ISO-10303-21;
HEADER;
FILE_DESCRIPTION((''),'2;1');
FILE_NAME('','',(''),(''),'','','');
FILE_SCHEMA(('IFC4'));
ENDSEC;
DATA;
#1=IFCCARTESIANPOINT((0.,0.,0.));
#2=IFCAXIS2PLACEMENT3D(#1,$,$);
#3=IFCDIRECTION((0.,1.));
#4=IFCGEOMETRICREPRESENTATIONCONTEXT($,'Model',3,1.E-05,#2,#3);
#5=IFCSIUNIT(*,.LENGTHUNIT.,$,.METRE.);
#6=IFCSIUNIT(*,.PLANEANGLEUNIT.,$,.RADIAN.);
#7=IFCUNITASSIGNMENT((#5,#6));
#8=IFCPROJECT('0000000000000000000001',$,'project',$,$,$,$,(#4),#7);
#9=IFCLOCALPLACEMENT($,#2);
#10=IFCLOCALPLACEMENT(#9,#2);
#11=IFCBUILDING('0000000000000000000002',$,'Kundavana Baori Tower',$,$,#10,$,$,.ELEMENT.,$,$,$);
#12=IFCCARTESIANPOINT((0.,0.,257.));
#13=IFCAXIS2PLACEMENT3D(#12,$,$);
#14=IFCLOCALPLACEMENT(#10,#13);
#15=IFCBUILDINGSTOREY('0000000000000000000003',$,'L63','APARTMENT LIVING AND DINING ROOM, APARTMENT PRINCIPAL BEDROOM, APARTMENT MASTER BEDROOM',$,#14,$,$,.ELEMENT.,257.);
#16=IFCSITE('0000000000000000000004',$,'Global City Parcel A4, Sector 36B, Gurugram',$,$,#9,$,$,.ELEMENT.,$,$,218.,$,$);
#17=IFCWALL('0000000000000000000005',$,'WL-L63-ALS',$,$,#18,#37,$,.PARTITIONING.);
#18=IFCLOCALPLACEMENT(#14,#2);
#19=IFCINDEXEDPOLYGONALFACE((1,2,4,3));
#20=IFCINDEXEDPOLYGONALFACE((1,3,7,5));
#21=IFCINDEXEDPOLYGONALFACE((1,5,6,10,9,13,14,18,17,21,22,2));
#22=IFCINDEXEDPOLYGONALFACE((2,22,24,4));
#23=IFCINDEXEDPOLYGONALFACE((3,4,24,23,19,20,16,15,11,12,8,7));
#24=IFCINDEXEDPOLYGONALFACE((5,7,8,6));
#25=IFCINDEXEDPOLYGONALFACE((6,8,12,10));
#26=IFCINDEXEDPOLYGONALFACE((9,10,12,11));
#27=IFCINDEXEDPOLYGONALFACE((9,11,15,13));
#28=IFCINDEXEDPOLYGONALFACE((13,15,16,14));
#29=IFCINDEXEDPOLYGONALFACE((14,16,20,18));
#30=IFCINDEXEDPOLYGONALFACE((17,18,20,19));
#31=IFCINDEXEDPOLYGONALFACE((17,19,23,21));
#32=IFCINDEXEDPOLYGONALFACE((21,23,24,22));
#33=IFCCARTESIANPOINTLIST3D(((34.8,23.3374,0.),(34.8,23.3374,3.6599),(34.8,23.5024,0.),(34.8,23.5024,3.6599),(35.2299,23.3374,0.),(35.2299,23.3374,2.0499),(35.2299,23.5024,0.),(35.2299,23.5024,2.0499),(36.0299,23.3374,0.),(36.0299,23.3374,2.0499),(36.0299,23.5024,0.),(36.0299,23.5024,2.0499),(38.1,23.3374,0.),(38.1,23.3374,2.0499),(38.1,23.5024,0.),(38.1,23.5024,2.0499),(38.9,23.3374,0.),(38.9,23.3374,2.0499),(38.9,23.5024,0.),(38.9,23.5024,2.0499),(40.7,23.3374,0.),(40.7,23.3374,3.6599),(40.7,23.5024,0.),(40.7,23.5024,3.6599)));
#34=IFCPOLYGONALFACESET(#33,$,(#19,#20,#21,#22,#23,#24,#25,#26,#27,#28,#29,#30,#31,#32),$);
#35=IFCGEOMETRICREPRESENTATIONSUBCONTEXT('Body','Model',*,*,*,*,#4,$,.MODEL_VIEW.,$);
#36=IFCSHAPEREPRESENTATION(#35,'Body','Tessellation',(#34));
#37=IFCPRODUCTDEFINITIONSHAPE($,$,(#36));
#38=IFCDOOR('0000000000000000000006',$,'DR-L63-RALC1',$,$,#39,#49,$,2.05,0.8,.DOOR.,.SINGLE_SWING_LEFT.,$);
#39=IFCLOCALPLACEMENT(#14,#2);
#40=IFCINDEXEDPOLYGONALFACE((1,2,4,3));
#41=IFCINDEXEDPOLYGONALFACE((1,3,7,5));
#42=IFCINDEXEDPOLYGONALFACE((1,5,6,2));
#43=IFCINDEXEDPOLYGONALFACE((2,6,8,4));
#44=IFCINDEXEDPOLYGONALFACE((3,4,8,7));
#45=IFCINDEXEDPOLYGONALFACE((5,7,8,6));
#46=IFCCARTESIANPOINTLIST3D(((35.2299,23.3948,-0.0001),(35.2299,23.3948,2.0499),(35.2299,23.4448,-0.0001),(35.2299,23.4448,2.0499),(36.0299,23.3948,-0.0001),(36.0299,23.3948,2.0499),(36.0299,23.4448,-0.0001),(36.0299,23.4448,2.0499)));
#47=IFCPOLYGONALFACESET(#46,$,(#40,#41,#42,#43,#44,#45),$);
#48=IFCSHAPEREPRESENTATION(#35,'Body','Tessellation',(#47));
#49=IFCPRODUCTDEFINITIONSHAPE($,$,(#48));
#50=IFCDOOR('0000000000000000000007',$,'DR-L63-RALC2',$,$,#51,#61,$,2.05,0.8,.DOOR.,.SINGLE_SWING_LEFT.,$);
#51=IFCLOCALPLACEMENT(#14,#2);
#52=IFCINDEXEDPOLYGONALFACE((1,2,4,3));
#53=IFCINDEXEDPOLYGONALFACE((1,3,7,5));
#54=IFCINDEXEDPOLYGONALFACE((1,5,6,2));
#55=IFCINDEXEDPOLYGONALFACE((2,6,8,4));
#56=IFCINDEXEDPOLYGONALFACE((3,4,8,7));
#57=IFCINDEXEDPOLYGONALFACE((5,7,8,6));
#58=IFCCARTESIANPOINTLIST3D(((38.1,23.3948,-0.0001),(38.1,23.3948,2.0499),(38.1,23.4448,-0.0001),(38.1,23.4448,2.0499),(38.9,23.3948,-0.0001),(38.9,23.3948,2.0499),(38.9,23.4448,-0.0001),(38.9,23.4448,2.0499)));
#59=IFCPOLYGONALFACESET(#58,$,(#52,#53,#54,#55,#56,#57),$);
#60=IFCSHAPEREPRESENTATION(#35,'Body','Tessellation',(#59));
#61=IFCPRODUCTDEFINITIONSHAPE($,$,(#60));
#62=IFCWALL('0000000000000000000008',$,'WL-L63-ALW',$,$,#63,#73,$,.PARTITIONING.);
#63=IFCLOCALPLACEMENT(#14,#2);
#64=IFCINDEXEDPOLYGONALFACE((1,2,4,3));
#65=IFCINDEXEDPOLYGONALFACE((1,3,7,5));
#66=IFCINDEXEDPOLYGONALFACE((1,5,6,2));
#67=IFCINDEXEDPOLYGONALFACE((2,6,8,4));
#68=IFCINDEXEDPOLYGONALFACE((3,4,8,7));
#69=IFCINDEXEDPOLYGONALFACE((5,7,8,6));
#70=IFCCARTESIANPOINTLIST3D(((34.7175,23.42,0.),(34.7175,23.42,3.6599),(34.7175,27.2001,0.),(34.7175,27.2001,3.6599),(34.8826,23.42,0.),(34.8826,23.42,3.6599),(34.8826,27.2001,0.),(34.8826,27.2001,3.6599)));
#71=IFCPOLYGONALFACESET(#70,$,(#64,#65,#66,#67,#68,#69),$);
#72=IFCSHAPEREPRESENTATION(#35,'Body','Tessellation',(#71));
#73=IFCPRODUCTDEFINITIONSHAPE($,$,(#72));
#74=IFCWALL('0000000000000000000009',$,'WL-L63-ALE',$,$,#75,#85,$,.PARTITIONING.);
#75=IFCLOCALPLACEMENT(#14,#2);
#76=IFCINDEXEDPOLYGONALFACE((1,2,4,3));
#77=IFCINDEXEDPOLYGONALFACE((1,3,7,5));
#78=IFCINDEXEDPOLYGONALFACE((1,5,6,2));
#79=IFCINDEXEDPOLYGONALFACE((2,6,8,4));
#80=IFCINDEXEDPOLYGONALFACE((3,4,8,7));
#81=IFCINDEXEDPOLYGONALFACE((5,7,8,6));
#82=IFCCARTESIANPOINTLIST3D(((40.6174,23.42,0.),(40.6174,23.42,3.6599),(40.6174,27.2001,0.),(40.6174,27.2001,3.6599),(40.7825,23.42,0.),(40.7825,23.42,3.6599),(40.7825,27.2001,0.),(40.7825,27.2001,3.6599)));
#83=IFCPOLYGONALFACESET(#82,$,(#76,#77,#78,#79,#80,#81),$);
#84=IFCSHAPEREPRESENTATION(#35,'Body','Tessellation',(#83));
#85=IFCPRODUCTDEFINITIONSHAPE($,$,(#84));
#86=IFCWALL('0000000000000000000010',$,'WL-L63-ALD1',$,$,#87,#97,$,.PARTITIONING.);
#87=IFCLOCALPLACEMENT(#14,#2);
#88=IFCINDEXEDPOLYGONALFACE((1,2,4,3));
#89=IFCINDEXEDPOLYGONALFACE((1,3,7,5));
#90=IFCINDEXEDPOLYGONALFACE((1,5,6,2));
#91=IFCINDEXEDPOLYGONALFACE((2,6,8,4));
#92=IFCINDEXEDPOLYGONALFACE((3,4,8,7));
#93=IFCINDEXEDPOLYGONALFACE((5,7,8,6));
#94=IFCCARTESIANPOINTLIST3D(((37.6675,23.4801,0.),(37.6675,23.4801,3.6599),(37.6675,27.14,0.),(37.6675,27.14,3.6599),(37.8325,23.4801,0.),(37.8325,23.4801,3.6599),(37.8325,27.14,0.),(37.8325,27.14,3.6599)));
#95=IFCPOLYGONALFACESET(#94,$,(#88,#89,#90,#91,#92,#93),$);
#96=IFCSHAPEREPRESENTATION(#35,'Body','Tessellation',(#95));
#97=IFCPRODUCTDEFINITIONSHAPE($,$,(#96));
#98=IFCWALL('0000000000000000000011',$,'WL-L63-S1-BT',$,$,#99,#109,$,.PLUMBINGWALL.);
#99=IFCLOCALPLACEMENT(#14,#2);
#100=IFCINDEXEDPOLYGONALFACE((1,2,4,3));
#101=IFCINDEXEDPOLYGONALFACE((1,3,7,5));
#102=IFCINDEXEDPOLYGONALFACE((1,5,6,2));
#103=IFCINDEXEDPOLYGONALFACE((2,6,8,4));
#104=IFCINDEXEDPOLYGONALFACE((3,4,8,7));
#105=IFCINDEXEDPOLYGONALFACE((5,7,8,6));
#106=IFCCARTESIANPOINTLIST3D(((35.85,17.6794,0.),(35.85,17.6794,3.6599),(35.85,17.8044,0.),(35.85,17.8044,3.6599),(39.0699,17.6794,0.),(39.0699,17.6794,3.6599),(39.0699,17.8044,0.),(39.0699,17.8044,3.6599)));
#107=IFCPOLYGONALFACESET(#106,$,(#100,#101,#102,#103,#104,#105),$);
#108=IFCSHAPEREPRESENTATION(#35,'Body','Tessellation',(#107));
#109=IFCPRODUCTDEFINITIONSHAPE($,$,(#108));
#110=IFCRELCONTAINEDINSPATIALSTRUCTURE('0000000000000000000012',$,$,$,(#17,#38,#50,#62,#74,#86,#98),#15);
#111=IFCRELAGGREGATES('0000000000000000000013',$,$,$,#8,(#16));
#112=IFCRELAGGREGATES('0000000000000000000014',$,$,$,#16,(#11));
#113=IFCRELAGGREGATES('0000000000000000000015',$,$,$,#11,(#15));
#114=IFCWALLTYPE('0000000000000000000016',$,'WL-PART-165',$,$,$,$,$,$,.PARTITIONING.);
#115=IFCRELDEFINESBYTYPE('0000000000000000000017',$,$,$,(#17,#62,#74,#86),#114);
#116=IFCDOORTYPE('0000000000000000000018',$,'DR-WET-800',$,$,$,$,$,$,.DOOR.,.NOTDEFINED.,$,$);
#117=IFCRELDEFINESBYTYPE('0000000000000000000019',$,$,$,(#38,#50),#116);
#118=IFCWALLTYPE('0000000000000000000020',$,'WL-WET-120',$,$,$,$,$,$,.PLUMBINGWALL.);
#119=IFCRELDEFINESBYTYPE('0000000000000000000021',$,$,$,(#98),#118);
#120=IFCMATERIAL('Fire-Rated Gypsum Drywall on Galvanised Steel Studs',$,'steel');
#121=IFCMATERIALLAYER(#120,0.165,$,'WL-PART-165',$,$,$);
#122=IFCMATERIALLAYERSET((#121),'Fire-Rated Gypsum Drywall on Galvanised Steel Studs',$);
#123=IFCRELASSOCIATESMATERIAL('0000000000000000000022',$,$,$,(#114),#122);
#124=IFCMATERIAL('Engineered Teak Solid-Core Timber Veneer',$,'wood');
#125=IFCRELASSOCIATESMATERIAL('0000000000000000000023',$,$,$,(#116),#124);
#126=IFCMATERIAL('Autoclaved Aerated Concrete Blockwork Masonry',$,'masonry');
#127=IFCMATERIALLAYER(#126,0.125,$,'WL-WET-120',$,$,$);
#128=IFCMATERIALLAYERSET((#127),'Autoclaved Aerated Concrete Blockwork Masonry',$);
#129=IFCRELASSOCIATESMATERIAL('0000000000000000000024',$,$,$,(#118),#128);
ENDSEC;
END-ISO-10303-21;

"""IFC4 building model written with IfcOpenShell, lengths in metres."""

from ifc_helpers import new_model, si_unit, direction, frame, frame_2d, origin, place, context, subcontext, project, spatial, rectangle, extrude, material, layer, layer_set, type_object, element, fill, save


model = new_model("IFC4")

# Units and contexts
model_context = context("Model", 3, precision=1e-05, world=origin(), true_north=direction((0.0, 1.0)))
body_context = subcontext(model_context, "Body", "Model", "MODEL_VIEW")
ifc_project = project(units=[si_unit("LENGTHUNIT", "METRE"), si_unit("PLANEANGLEUNIT", "RADIAN")], contexts=[model_context])

# Site, building, storey
site_placement = place(None, origin())
site = spatial("IfcSite", under=ifc_project, at=site_placement, Name="Global City Parcel A4, Sector 36B, Gurugram", CompositionType="ELEMENT", RefElevation=218.0)
building_placement = place(site_placement, origin())
building = spatial("IfcBuilding", under=site, at=building_placement, Name="Kundavana Baori Tower", CompositionType="ELEMENT")
storey_placement = place(building_placement, frame((0.0, 0.0, 257.0)))
storey = spatial("IfcBuildingStorey", under=building, at=storey_placement, Name="L63", Description="APARTMENT LIVING AND DINING ROOM, APARTMENT PRINCIPAL BEDROOM, APARTMENT MASTER BEDROOM", CompositionType="ELEMENT", Elevation=257.0)

# Shared definitions
ifc_material_1 = material(Name="Fire-Rated Gypsum Drywall on Galvanised Steel Studs", Category="steel")
ifc_layer_1 = layer(ifc_material_1, 0.165, Name="WL-PART-165")
ifc_layer_set_1 = layer_set([ifc_layer_1], Name="Fire-Rated Gypsum Drywall on Galvanised Steel Studs")
wall_type_1 = type_object("IfcWallType", Name="WL-PART-165", PredefinedType="PARTITIONING", material=ifc_layer_set_1)

# Wall, openings, doors
wall_1_placement = place(storey_placement, frame((34.8, 23.4199, 0.0), z_axis=(0.0, 0.0, 1.0), x_axis=(1.0, 0.0, 0.0)))
wall_1 = element("IfcWall", 1, at=wall_1_placement, inside=storey, type_object=wall_type_1, Name="WL-L63-ALS", PredefinedType="PARTITIONING", context=body_context, shape_type="SweptSolid", body=[
    extrude(rectangle(XDim=5.8999, YDim=0.165, at=frame_2d((2.95, 0.0))), origin(), (0.0, 0.0, 1.0), 3.6599),
])
opening_1_placement = place(wall_1_placement, frame((0.4299, 0.0, 0.0)))
opening_1 = element("IfcOpeningElement", 2, at=opening_1_placement, cuts=wall_1, PredefinedType="OPENING", context=body_context, shape_type="SweptSolid", body=[
    extrude(rectangle(XDim=0.8, YDim=2.05, at=frame_2d((0.3999, 1.0249))), frame((0.0, 0.0925, 0.0), z_axis=(0.0, -1.0, 0.0), x_axis=(1.0, 0.0, 0.0)), (0.0, 0.0, 1.0), 0.1851),
])
opening_2_placement = place(wall_1_placement, frame((3.3, 0.0, 0.0)))
opening_2 = element("IfcOpeningElement", 3, at=opening_2_placement, cuts=wall_1, PredefinedType="OPENING", context=body_context, shape_type="SweptSolid", body=[
    extrude(rectangle(XDim=0.8, YDim=2.05, at=frame_2d((0.3999, 1.0249))), frame((0.0, 0.0925, 0.0), z_axis=(0.0, -1.0, 0.0), x_axis=(1.0, 0.0, 0.0)), (0.0, 0.0, 1.0), 0.1851),
])
ifc_material_2 = material(Name="Engineered Teak Solid-Core Timber Veneer", Category="wood")
door_type_1 = type_object("IfcDoorType", Name="DR-WET-800", OperationType="NOTDEFINED", PredefinedType="DOOR", material=ifc_material_2)
door_1_placement = place(opening_1_placement, origin())
door_1 = element("IfcDoor", 4, at=door_1_placement, inside=storey, type_object=door_type_1, Name="DR-L63-RALC1", OperationType="SINGLE_SWING_LEFT", OverallHeight=2.05, OverallWidth=0.8, PredefinedType="DOOR", context=body_context, shape_type="SweptSolid", body=[
    extrude(rectangle(XDim=0.8, YDim=2.05, at=frame_2d((0.3999, 1.0249))), frame((0.0, 0.0249, 0.0), z_axis=(0.0, -1.0, 0.0), x_axis=(1.0, 0.0, 0.0)), (0.0, 0.0, 1.0), 0.05),
])
fill(opening_1, door_1)
door_2_placement = place(opening_2_placement, origin())
door_2 = element("IfcDoor", 5, at=door_2_placement, inside=storey, type_object=door_type_1, Name="DR-L63-RALC2", OperationType="SINGLE_SWING_LEFT", OverallHeight=2.05, OverallWidth=0.8, PredefinedType="DOOR", context=body_context, shape_type="SweptSolid", body=[
    extrude(rectangle(XDim=0.8, YDim=2.05, at=frame_2d((0.3999, 1.0249))), frame((0.0, 0.0249, 0.0), z_axis=(0.0, -1.0, 0.0), x_axis=(1.0, 0.0, 0.0)), (0.0, 0.0, 1.0), 0.05),
])
fill(opening_2, door_2)

# Walls
for number, where, z_axis, x_axis, name in (
    (6, (34.8, 23.4199, 0.0), (0.0, 0.0, 1.0), (0.0, 1.0, 0.0), "WL-L63-ALW"),
    (7, (40.7, 23.4199, 0.0), (0.0, 0.0, 1.0), (0.0, 1.0, 0.0), "WL-L63-ALE"),
):
    element("IfcWall", number, at=place(storey_placement, frame(where, z_axis=z_axis, x_axis=x_axis)), inside=storey, type_object=wall_type_1, Name=name, PredefinedType="PARTITIONING", context=body_context, shape_type="SweptSolid", body=[
        extrude(rectangle(XDim=3.78, YDim=0.165, at=frame_2d((1.8901, 0.0))), origin(), (0.0, 0.0, 1.0), 3.6599),
    ])
wall_2_placement = place(storey_placement, frame((37.75, 23.48, 0.0), z_axis=(0.0, 0.0, 1.0), x_axis=(0.0, 1.0, 0.0)))
element("IfcWall", 8, at=wall_2_placement, inside=storey, type_object=wall_type_1, Name="WL-L63-ALD1", PredefinedType="PARTITIONING", context=body_context, shape_type="SweptSolid", body=[
    extrude(rectangle(XDim=3.6599, YDim=0.165, at=frame_2d((1.8301, 0.0))), origin(), (0.0, 0.0, 1.0), 3.6599),
])
ifc_material_3 = material(Name="Autoclaved Aerated Concrete Blockwork Masonry", Category="masonry")
ifc_layer_2 = layer(ifc_material_3, 0.125, Name="WL-WET-120")
ifc_layer_set_2 = layer_set([ifc_layer_2], Name="Autoclaved Aerated Concrete Blockwork Masonry")
wall_type_2 = type_object("IfcWallType", Name="WL-WET-120", PredefinedType="PLUMBINGWALL", material=ifc_layer_set_2)
wall_3_placement = place(storey_placement, frame((35.8501, 17.7419, 0.0), z_axis=(0.0, 0.0, 1.0), x_axis=(1.0, 0.0, 0.0)))
element("IfcWall", 9, at=wall_3_placement, inside=storey, type_object=wall_type_2, Name="WL-L63-S1-BT", PredefinedType="PLUMBINGWALL", context=body_context, shape_type="SweptSolid", body=[
    extrude(rectangle(XDim=3.22, YDim=0.125, at=frame_2d((1.6099, 0.0))), origin(), (0.0, 0.0, 1.0), 3.6599),
])

save(model, "model.ifc")
